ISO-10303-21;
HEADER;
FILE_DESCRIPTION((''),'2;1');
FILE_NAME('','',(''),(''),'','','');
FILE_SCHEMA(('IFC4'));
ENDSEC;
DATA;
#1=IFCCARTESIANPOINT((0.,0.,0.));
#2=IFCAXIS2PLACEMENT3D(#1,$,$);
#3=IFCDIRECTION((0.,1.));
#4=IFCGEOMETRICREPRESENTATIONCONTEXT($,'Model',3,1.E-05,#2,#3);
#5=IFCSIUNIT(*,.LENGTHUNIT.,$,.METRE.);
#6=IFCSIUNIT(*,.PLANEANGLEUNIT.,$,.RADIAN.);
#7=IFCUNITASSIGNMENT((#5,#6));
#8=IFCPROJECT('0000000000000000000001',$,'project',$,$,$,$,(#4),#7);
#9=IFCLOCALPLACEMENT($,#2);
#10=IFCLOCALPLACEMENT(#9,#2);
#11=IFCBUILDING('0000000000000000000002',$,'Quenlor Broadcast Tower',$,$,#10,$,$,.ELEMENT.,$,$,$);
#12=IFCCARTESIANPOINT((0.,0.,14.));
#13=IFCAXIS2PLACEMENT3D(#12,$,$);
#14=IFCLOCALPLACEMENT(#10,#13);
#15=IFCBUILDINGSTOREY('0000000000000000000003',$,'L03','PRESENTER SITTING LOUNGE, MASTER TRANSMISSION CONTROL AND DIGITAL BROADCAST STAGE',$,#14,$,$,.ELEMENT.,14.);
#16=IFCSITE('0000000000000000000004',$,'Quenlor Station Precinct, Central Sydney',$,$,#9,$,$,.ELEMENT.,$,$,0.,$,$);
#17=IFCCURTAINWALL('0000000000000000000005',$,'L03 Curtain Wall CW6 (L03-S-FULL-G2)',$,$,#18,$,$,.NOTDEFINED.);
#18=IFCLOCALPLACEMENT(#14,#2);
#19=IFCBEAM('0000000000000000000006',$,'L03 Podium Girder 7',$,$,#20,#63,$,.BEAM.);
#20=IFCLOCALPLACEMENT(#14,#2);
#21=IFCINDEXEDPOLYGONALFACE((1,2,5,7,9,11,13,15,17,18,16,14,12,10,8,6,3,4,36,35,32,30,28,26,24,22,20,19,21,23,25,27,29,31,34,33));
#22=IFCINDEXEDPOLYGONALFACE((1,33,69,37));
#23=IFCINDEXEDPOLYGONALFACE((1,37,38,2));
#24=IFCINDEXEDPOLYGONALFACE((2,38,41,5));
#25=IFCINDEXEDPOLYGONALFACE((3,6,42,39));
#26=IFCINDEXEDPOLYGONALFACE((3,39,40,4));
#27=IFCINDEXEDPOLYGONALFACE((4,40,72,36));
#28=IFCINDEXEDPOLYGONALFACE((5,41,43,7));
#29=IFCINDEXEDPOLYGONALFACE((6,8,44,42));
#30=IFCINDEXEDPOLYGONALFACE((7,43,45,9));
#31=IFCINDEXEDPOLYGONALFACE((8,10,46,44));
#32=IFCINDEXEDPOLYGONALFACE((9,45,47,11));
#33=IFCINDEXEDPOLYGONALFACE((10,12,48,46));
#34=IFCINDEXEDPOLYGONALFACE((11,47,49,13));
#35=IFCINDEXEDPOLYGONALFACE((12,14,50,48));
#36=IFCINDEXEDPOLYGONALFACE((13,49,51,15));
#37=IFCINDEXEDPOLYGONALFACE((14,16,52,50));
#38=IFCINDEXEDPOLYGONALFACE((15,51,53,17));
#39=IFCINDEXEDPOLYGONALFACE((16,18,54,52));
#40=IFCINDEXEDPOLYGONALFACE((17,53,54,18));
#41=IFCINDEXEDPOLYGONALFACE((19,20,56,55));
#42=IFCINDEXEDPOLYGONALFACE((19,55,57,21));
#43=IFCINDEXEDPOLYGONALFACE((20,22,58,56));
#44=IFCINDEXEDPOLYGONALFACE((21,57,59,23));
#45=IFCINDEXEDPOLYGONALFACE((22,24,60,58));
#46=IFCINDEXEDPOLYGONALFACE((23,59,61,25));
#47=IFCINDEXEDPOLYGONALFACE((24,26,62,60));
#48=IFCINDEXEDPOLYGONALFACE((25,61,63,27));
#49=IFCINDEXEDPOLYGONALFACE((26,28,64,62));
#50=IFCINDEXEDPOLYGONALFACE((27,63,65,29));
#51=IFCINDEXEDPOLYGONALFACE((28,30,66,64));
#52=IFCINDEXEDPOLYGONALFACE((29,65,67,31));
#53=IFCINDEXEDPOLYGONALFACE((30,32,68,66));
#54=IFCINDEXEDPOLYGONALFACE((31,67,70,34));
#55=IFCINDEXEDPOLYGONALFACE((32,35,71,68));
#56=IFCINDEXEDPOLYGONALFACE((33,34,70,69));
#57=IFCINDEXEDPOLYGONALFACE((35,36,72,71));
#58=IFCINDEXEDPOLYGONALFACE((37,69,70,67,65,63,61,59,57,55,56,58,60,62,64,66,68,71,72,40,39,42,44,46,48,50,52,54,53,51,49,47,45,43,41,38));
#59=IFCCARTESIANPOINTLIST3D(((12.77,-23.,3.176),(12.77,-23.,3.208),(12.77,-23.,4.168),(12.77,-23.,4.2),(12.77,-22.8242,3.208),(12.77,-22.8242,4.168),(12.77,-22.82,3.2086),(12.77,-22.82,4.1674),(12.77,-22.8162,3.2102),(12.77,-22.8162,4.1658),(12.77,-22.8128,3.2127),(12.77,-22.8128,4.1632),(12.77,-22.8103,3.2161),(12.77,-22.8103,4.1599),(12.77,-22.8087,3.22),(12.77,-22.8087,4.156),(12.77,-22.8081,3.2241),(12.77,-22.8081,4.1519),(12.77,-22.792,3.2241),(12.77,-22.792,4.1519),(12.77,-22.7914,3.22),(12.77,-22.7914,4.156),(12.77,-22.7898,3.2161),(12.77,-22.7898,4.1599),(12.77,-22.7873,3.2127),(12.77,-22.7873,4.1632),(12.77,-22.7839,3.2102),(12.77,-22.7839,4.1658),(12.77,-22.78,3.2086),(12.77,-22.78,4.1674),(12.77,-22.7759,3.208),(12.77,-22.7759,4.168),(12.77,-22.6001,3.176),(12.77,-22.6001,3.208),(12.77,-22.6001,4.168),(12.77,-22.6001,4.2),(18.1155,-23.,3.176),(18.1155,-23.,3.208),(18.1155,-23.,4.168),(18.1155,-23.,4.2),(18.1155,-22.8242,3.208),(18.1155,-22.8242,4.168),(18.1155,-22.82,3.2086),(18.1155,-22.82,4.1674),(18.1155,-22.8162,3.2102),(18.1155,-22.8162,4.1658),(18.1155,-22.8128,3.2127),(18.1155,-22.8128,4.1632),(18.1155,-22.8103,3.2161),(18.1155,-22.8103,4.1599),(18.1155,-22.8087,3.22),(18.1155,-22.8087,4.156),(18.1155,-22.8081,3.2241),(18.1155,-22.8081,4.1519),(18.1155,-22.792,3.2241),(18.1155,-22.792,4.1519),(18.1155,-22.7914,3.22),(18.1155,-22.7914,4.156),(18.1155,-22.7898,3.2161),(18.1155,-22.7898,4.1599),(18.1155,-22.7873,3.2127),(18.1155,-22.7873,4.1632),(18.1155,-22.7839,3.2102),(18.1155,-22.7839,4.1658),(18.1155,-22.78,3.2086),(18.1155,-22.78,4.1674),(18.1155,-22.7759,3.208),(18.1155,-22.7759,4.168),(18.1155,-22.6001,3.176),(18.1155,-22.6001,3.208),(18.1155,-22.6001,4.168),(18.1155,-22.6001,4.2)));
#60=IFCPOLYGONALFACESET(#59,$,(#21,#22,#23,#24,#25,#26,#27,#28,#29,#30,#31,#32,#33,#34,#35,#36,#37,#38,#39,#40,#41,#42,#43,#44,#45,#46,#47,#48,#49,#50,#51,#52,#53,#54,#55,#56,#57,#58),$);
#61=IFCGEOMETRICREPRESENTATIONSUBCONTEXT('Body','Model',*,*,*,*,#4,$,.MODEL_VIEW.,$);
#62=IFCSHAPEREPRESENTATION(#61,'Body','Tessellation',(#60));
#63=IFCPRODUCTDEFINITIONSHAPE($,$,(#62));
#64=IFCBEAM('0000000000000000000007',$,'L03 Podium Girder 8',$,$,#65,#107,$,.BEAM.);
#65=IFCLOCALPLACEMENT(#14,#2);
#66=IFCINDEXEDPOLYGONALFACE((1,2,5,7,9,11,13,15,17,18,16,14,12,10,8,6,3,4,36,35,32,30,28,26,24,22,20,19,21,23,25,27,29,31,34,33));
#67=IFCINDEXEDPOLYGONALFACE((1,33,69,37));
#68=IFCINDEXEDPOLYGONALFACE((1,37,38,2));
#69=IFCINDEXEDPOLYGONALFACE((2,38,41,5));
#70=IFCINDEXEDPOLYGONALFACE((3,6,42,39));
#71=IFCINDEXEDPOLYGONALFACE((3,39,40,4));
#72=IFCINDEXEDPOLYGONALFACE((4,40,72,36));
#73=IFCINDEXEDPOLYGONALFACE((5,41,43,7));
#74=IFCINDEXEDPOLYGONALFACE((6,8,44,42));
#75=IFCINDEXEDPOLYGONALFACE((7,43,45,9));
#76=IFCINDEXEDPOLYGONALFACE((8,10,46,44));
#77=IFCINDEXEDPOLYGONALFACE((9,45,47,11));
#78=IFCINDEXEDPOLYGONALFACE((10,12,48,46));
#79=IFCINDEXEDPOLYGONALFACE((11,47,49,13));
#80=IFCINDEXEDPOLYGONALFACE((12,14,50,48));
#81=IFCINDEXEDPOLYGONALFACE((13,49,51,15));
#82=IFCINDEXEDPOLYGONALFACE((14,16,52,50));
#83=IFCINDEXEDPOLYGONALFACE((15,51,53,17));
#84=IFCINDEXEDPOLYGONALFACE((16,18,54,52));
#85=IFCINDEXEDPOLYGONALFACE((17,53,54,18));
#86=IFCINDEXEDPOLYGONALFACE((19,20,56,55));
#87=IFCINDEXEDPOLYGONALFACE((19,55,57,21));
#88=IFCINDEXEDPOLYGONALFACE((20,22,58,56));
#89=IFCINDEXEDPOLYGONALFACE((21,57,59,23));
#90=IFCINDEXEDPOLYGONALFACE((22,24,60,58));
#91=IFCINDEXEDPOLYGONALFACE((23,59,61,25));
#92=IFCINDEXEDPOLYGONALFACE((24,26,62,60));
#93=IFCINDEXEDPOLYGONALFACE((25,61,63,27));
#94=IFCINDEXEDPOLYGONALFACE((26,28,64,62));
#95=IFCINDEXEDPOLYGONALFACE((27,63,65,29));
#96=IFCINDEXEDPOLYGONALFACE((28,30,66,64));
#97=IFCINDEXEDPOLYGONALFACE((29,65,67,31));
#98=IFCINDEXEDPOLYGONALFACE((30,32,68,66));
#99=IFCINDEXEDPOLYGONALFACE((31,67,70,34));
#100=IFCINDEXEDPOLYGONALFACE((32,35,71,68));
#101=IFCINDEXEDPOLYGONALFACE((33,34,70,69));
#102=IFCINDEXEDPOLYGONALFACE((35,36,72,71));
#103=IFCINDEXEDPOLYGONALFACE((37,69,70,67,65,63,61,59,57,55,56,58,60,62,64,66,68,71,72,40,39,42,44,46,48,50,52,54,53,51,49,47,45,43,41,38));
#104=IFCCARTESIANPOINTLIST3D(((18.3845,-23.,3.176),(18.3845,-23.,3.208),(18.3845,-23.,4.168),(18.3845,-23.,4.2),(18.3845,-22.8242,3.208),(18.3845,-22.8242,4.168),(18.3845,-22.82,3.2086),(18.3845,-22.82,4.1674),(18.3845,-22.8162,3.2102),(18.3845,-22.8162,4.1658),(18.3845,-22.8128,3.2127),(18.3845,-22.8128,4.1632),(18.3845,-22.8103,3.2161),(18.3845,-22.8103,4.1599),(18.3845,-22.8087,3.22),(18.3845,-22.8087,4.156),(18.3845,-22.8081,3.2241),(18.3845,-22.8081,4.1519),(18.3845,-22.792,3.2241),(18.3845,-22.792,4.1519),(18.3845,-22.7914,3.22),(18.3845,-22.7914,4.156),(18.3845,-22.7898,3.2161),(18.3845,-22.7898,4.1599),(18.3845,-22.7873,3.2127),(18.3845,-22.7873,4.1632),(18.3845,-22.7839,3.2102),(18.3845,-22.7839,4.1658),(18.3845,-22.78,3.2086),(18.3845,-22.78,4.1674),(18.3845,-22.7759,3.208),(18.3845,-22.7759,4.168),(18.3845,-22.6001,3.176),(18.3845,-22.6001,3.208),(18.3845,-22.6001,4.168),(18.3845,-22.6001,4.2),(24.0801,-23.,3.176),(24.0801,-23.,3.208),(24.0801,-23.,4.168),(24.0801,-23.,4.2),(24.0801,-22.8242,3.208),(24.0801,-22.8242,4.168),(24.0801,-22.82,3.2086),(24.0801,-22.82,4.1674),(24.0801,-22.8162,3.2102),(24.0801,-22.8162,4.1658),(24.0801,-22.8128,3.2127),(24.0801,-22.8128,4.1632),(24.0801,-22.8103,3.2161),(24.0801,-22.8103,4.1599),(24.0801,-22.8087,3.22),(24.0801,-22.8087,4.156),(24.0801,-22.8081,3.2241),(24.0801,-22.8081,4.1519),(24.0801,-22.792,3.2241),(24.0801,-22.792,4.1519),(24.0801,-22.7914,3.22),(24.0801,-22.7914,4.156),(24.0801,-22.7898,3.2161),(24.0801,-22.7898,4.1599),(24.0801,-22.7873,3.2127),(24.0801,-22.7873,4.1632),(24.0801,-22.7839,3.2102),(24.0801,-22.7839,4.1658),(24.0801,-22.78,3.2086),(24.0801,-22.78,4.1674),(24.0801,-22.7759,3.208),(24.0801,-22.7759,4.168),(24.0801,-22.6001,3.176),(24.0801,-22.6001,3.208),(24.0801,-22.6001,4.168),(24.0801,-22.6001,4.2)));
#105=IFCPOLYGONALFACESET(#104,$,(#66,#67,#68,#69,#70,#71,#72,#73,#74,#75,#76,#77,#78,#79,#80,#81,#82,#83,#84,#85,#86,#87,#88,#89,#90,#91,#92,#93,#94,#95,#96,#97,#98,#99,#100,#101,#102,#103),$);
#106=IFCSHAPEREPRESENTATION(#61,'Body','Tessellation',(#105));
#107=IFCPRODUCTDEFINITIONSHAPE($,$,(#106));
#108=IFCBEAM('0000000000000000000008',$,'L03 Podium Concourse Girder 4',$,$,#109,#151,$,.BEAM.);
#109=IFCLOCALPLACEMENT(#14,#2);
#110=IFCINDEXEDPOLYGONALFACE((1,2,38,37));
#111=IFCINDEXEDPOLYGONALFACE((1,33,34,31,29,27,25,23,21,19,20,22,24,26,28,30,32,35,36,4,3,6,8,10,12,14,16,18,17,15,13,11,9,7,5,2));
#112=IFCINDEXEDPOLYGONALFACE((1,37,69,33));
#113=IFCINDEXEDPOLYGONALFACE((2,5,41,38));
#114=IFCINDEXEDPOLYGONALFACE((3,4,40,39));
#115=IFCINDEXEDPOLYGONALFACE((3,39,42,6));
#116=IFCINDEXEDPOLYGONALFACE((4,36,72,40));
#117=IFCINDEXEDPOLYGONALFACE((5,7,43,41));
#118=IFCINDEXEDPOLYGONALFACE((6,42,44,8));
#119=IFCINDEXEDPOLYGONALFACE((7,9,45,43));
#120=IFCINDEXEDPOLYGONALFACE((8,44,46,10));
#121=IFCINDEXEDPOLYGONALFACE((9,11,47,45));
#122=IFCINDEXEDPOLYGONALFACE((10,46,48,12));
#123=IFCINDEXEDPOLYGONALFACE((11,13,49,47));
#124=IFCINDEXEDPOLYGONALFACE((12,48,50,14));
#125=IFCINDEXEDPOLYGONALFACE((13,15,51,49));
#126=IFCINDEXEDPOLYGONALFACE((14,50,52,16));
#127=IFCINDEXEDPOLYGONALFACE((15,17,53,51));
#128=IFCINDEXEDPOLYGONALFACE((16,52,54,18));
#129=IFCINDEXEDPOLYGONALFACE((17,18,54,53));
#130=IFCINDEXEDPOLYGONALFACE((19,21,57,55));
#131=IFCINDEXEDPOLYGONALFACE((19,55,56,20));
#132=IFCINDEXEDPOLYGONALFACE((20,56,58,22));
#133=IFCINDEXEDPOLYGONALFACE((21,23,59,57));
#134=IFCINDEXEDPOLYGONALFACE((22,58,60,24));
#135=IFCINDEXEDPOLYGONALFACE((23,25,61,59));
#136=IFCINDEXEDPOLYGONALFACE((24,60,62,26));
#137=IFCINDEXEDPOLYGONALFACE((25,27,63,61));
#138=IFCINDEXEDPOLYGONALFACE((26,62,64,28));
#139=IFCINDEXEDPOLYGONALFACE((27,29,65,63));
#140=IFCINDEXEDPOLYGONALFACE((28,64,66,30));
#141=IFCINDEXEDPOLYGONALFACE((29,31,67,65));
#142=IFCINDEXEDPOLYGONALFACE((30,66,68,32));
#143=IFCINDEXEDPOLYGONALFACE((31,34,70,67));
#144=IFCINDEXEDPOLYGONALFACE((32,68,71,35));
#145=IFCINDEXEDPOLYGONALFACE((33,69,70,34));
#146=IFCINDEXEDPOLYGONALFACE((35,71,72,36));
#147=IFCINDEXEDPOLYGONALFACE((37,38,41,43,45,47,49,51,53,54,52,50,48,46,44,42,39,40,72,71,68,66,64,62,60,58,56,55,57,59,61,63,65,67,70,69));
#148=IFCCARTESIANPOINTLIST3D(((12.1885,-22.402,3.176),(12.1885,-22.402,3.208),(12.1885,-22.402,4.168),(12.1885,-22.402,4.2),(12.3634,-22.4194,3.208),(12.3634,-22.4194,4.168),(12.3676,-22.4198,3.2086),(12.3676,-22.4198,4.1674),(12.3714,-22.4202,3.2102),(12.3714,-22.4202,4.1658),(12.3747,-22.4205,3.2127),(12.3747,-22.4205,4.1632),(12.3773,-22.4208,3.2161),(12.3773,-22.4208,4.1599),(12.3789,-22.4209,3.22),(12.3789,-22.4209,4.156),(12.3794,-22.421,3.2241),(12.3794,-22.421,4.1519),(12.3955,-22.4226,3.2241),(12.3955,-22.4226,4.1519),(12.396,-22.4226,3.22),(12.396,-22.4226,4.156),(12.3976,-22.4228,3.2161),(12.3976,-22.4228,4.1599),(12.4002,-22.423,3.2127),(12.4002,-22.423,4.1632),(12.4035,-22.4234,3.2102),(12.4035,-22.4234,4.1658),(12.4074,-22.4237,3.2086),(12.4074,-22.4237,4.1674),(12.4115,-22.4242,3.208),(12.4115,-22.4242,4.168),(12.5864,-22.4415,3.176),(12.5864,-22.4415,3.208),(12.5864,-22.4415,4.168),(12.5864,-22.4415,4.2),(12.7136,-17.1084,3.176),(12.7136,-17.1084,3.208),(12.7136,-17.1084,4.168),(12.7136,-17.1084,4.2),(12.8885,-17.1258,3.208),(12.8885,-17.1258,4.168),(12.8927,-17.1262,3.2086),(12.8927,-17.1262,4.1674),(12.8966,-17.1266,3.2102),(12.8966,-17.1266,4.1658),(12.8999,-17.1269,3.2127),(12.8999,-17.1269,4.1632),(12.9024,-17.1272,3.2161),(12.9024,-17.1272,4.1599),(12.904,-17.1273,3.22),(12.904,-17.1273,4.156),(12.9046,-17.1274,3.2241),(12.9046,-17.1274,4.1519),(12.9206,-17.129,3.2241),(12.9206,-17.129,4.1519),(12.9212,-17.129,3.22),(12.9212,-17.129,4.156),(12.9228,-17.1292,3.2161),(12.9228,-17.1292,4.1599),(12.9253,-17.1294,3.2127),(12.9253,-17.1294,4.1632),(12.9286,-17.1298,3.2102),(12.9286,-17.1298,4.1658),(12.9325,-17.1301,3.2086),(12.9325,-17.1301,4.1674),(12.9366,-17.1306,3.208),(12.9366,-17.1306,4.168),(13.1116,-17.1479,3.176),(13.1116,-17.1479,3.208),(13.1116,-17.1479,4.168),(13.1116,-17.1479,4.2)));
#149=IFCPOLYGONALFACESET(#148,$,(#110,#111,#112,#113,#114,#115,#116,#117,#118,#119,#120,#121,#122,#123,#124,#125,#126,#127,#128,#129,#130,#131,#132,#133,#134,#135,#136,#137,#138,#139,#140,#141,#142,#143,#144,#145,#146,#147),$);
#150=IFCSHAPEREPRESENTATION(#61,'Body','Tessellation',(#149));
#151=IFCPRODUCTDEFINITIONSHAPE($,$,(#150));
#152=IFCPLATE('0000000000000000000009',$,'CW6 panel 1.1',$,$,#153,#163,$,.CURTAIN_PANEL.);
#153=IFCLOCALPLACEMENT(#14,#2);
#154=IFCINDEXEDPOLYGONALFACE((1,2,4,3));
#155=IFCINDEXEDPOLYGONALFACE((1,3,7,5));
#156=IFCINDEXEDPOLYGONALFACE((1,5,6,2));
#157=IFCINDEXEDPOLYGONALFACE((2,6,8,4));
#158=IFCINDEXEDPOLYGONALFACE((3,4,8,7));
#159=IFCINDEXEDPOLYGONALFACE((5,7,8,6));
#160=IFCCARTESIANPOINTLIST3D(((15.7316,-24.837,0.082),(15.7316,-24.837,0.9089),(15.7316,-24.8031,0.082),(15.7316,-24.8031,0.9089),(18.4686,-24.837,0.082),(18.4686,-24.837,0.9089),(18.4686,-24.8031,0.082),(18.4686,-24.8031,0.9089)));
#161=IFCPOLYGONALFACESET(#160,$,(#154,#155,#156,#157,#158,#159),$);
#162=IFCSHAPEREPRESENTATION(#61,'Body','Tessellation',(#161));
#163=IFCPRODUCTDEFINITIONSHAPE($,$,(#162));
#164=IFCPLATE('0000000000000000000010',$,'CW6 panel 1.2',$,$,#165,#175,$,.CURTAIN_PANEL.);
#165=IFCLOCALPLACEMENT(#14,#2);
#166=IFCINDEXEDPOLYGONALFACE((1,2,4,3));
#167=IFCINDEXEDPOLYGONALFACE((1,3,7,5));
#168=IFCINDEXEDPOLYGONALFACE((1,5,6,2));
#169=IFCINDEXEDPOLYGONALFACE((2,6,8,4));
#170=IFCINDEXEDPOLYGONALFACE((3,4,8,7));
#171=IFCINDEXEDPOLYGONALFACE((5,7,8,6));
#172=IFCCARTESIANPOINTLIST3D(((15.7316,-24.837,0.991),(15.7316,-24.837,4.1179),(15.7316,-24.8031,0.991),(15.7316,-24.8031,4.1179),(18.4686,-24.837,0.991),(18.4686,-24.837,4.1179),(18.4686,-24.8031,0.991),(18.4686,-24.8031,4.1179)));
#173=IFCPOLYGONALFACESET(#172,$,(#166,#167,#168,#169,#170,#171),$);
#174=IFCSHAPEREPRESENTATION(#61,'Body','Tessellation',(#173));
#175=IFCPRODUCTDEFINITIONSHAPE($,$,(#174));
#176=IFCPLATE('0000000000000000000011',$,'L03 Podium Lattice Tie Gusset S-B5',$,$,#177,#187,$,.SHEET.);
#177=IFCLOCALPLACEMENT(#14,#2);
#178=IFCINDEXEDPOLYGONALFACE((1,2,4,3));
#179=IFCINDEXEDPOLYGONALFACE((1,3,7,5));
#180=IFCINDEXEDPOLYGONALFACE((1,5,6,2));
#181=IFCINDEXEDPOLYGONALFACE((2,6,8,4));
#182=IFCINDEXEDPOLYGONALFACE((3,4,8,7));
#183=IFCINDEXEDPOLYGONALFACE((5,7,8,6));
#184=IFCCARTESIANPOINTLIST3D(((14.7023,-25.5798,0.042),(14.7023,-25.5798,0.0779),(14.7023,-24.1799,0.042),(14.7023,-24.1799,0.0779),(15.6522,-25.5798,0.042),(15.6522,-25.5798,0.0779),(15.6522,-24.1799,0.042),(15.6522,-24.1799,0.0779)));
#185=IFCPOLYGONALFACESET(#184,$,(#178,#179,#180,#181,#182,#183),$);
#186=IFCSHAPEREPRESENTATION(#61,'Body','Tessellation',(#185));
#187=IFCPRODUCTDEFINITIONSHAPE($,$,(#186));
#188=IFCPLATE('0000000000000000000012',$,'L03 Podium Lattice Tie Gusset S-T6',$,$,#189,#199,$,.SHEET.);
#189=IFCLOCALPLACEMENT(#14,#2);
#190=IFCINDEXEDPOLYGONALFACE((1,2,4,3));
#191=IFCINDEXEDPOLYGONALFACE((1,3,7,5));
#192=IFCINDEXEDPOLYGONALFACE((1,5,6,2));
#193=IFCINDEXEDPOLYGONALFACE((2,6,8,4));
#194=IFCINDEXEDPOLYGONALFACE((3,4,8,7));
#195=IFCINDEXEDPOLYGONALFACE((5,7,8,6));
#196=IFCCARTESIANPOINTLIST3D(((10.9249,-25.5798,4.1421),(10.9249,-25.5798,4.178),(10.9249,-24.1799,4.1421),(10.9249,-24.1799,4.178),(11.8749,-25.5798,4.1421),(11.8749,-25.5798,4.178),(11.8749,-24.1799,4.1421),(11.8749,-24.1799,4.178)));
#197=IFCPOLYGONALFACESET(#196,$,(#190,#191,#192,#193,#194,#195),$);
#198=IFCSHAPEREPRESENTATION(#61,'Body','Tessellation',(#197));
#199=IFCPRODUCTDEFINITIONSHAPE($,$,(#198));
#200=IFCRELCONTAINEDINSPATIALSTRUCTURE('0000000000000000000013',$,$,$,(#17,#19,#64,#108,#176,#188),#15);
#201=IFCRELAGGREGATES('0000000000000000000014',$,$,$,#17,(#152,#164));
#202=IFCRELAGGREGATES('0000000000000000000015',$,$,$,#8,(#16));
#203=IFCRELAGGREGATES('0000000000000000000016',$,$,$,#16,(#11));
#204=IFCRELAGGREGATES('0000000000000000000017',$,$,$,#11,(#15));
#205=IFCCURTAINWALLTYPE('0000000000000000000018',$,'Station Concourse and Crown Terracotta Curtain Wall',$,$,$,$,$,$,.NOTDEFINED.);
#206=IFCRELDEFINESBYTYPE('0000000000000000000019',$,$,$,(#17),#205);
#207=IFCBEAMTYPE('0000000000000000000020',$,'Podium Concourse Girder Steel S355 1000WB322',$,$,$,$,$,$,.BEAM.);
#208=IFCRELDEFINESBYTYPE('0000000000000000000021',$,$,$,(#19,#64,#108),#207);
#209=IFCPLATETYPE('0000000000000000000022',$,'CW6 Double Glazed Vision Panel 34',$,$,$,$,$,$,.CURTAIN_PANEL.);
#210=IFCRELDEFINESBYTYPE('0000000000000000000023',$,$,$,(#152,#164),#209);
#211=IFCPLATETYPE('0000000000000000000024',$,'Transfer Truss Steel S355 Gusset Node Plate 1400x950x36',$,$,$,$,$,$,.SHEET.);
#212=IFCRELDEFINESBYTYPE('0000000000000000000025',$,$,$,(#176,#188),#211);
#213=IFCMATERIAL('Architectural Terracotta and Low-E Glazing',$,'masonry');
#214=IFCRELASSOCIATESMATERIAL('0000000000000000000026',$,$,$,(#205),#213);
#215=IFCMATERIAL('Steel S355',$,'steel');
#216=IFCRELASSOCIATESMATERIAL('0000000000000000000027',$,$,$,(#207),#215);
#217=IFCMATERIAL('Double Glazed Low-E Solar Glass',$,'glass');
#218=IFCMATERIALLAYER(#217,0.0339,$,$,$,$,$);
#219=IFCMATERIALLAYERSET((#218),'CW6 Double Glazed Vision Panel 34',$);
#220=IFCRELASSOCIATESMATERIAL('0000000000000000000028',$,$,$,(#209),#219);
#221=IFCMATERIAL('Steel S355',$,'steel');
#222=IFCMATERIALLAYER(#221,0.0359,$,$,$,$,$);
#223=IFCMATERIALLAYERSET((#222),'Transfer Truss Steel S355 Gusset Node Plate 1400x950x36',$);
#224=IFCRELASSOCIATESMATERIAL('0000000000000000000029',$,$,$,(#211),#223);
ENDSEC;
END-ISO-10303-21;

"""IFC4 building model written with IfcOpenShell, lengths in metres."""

from ifc_helpers import new_model, si_unit, direction, frame, origin, origin_2d, place, context, subcontext, project, spatial, rectangle, i_section, extrude, material, layer, layer_set, material_profile, profile_set, type_object, element, aggregate, save


model = new_model("IFC4")

# Units and contexts
model_context = context("Model", 3, precision=1e-05, world=origin(), true_north=direction((0.0, 1.0)))
body_context = subcontext(model_context, "Body", "Model", "MODEL_VIEW")
ifc_project = project(units=[si_unit("LENGTHUNIT", "METRE"), si_unit("PLANEANGLEUNIT", "RADIAN")], contexts=[model_context])

# Site, building, storey
site_placement = place(None, origin())
site = spatial("IfcSite", under=ifc_project, at=site_placement, Name="Quenlor Station Precinct, Central Sydney", CompositionType="ELEMENT", RefElevation=0.0)
building_placement = place(site_placement, origin())
building = spatial("IfcBuilding", under=site, at=building_placement, Name="Quenlor Broadcast Tower", CompositionType="ELEMENT")
storey_placement = place(building_placement, frame((0.0, 0.0, 14.0)))
storey = spatial("IfcBuildingStorey", under=building, at=storey_placement, Name="L03", Description="PRESENTER SITTING LOUNGE, MASTER TRANSMISSION CONTROL AND DIGITAL BROADCAST STAGE", CompositionType="ELEMENT", Elevation=14.0)

# Curtain wall
ifc_material_1 = material(Name="Architectural Terracotta and Low-E Glazing", Category="masonry")
curtain_wall_type = type_object("IfcCurtainWallType", Name="Station Concourse and Crown Terracotta Curtain Wall", PredefinedType="NOTDEFINED", material=ifc_material_1)
curtain_wall_placement = place(storey_placement, origin())
curtain_wall = element("IfcCurtainWall", 1, at=curtain_wall_placement, inside=storey, type_object=curtain_wall_type, Name="L03 Curtain Wall CW6 (L03-S-FULL-G2)", PredefinedType="NOTDEFINED")

# Beams
ifc_material_2 = material(Name="Steel S355", Category="steel")
ifc_material_profile_1 = material_profile(ifc_material_2, i_section(OverallWidth=0.3999, OverallDepth=1.0239, WebThickness=0.0161, FlangeThickness=0.032, FilletRadius=0.0161, at=origin_2d()))
ifc_profile_set_1 = profile_set([ifc_material_profile_1], Name="Steel S355 1000WB322")
beam_type = type_object("IfcBeamType", Name="Podium Concourse Girder Steel S355 1000WB322", PredefinedType="BEAM", material=ifc_profile_set_1)
beam_1_placement = place(storey_placement, frame((12.77, -22.8, 3.688), z_axis=(1.0, 0.0, 0.0), x_axis=(0.0, 1.0, 0.0)))
element("IfcBeam", 2, at=beam_1_placement, inside=storey, type_object=beam_type, Name="L03 Podium Girder 7", PredefinedType="BEAM", context=body_context, shape_type="SweptSolid", body=[
    extrude(i_section(OverallWidth=0.3999, OverallDepth=1.0239, WebThickness=0.0161, FlangeThickness=0.032, FilletRadius=0.0161, at=origin_2d()), origin(), (0.0, 0.0, 1.0), 5.3455),
])
beam_2_placement = place(storey_placement, frame((18.3845, -22.8, 3.688), z_axis=(1.0, 0.0, 0.0), x_axis=(0.0, 1.0, 0.0)))
element("IfcBeam", 3, at=beam_2_placement, inside=storey, type_object=beam_type, Name="L03 Podium Girder 8", PredefinedType="BEAM", context=body_context, shape_type="SweptSolid", body=[
    extrude(i_section(OverallWidth=0.3999, OverallDepth=1.0239, WebThickness=0.0161, FlangeThickness=0.032, FilletRadius=0.0161, at=origin_2d()), origin(), (0.0, 0.0, 1.0), 5.6956),
])
beam_3_placement = place(storey_placement, frame((12.9126, -17.1282, 3.688), z_axis=(-0.098718, -0.995115, 0.0), x_axis=(0.995115, -0.098718, 0.0)))
element("IfcBeam", 4, at=beam_3_placement, inside=storey, type_object=beam_type, Name="L03 Podium Concourse Girder 4", PredefinedType="BEAM", context=body_context, shape_type="SweptSolid", body=[
    extrude(i_section(OverallWidth=0.3999, OverallDepth=1.0239, WebThickness=0.0161, FlangeThickness=0.032, FilletRadius=0.0161, at=origin_2d()), origin(), (0.0, 0.0, 1.0), 5.3196),
])

# Plates
ifc_material_3 = material(Name="Double Glazed Low-E Solar Glass", Category="glass")
ifc_layer_1 = layer(ifc_material_3, 0.0339)
ifc_layer_set_1 = layer_set([ifc_layer_1], Name="CW6 Double Glazed Vision Panel 34")
plate_type_1 = type_object("IfcPlateType", Name="CW6 Double Glazed Vision Panel 34", PredefinedType="CURTAIN_PANEL", material=ifc_layer_set_1)
plate_1_placement = place(storey_placement, frame((17.1001, -24.8201, 0.082), z_axis=(0.0, 0.0, 1.0), x_axis=(-1.0, 0.0, 0.0)))
plate_1 = element("IfcPlate", 5, at=plate_1_placement, type_object=plate_type_1, Name="CW6 panel 1.1", PredefinedType="CURTAIN_PANEL", context=body_context, shape_type="SweptSolid", body=[
    extrude(rectangle(XDim=2.7371, YDim=0.0339, at=origin_2d()), origin(), (0.0, 0.0, 1.0), 0.8269),
])
plate_2_placement = place(storey_placement, frame((17.1001, -24.8201, 0.991), z_axis=(0.0, 0.0, 1.0), x_axis=(-1.0, 0.0, 0.0)))
plate_2 = element("IfcPlate", 6, at=plate_2_placement, type_object=plate_type_1, Name="CW6 panel 1.2", PredefinedType="CURTAIN_PANEL", context=body_context, shape_type="SweptSolid", body=[
    extrude(rectangle(XDim=2.7371, YDim=0.0339, at=origin_2d()), origin(), (0.0, 0.0, 1.0), 3.127),
])
aggregate(curtain_wall, [plate_1, plate_2])

# Plates
ifc_material_4 = material(Name="Steel S355", Category="steel")
ifc_layer_2 = layer(ifc_material_4, 0.0359)
ifc_layer_set_2 = layer_set([ifc_layer_2], Name="Transfer Truss Steel S355 Gusset Node Plate 1400x950x36")
plate_type_2 = type_object("IfcPlateType", Name="Transfer Truss Steel S355 Gusset Node Plate 1400x950x36", PredefinedType="SHEET", material=ifc_layer_set_2)
for number, where, z_axis, x_axis, name in (
    (7, (15.1772, -24.8799, 0.042), (0.0, 0.0, 1.0), (0.0, -1.0, 0.0), "L03 Podium Lattice Tie Gusset S-B5"),
    (8, (11.3999, -24.8799, 4.1421), (0.0, 0.0, 1.0), (0.0, -1.0, 0.0), "L03 Podium Lattice Tie Gusset S-T6"),
):
    element("IfcPlate", number, at=place(storey_placement, frame(where, z_axis=z_axis, x_axis=x_axis)), inside=storey, type_object=plate_type_2, Name=name, PredefinedType="SHEET", context=body_context, shape_type="SweptSolid", body=[
        extrude(rectangle(XDim=1.3999, YDim=0.95, at=origin_2d()), origin(), (0.0, 0.0, 1.0), 0.0359),
    ])

save(model, "model.ifc")
